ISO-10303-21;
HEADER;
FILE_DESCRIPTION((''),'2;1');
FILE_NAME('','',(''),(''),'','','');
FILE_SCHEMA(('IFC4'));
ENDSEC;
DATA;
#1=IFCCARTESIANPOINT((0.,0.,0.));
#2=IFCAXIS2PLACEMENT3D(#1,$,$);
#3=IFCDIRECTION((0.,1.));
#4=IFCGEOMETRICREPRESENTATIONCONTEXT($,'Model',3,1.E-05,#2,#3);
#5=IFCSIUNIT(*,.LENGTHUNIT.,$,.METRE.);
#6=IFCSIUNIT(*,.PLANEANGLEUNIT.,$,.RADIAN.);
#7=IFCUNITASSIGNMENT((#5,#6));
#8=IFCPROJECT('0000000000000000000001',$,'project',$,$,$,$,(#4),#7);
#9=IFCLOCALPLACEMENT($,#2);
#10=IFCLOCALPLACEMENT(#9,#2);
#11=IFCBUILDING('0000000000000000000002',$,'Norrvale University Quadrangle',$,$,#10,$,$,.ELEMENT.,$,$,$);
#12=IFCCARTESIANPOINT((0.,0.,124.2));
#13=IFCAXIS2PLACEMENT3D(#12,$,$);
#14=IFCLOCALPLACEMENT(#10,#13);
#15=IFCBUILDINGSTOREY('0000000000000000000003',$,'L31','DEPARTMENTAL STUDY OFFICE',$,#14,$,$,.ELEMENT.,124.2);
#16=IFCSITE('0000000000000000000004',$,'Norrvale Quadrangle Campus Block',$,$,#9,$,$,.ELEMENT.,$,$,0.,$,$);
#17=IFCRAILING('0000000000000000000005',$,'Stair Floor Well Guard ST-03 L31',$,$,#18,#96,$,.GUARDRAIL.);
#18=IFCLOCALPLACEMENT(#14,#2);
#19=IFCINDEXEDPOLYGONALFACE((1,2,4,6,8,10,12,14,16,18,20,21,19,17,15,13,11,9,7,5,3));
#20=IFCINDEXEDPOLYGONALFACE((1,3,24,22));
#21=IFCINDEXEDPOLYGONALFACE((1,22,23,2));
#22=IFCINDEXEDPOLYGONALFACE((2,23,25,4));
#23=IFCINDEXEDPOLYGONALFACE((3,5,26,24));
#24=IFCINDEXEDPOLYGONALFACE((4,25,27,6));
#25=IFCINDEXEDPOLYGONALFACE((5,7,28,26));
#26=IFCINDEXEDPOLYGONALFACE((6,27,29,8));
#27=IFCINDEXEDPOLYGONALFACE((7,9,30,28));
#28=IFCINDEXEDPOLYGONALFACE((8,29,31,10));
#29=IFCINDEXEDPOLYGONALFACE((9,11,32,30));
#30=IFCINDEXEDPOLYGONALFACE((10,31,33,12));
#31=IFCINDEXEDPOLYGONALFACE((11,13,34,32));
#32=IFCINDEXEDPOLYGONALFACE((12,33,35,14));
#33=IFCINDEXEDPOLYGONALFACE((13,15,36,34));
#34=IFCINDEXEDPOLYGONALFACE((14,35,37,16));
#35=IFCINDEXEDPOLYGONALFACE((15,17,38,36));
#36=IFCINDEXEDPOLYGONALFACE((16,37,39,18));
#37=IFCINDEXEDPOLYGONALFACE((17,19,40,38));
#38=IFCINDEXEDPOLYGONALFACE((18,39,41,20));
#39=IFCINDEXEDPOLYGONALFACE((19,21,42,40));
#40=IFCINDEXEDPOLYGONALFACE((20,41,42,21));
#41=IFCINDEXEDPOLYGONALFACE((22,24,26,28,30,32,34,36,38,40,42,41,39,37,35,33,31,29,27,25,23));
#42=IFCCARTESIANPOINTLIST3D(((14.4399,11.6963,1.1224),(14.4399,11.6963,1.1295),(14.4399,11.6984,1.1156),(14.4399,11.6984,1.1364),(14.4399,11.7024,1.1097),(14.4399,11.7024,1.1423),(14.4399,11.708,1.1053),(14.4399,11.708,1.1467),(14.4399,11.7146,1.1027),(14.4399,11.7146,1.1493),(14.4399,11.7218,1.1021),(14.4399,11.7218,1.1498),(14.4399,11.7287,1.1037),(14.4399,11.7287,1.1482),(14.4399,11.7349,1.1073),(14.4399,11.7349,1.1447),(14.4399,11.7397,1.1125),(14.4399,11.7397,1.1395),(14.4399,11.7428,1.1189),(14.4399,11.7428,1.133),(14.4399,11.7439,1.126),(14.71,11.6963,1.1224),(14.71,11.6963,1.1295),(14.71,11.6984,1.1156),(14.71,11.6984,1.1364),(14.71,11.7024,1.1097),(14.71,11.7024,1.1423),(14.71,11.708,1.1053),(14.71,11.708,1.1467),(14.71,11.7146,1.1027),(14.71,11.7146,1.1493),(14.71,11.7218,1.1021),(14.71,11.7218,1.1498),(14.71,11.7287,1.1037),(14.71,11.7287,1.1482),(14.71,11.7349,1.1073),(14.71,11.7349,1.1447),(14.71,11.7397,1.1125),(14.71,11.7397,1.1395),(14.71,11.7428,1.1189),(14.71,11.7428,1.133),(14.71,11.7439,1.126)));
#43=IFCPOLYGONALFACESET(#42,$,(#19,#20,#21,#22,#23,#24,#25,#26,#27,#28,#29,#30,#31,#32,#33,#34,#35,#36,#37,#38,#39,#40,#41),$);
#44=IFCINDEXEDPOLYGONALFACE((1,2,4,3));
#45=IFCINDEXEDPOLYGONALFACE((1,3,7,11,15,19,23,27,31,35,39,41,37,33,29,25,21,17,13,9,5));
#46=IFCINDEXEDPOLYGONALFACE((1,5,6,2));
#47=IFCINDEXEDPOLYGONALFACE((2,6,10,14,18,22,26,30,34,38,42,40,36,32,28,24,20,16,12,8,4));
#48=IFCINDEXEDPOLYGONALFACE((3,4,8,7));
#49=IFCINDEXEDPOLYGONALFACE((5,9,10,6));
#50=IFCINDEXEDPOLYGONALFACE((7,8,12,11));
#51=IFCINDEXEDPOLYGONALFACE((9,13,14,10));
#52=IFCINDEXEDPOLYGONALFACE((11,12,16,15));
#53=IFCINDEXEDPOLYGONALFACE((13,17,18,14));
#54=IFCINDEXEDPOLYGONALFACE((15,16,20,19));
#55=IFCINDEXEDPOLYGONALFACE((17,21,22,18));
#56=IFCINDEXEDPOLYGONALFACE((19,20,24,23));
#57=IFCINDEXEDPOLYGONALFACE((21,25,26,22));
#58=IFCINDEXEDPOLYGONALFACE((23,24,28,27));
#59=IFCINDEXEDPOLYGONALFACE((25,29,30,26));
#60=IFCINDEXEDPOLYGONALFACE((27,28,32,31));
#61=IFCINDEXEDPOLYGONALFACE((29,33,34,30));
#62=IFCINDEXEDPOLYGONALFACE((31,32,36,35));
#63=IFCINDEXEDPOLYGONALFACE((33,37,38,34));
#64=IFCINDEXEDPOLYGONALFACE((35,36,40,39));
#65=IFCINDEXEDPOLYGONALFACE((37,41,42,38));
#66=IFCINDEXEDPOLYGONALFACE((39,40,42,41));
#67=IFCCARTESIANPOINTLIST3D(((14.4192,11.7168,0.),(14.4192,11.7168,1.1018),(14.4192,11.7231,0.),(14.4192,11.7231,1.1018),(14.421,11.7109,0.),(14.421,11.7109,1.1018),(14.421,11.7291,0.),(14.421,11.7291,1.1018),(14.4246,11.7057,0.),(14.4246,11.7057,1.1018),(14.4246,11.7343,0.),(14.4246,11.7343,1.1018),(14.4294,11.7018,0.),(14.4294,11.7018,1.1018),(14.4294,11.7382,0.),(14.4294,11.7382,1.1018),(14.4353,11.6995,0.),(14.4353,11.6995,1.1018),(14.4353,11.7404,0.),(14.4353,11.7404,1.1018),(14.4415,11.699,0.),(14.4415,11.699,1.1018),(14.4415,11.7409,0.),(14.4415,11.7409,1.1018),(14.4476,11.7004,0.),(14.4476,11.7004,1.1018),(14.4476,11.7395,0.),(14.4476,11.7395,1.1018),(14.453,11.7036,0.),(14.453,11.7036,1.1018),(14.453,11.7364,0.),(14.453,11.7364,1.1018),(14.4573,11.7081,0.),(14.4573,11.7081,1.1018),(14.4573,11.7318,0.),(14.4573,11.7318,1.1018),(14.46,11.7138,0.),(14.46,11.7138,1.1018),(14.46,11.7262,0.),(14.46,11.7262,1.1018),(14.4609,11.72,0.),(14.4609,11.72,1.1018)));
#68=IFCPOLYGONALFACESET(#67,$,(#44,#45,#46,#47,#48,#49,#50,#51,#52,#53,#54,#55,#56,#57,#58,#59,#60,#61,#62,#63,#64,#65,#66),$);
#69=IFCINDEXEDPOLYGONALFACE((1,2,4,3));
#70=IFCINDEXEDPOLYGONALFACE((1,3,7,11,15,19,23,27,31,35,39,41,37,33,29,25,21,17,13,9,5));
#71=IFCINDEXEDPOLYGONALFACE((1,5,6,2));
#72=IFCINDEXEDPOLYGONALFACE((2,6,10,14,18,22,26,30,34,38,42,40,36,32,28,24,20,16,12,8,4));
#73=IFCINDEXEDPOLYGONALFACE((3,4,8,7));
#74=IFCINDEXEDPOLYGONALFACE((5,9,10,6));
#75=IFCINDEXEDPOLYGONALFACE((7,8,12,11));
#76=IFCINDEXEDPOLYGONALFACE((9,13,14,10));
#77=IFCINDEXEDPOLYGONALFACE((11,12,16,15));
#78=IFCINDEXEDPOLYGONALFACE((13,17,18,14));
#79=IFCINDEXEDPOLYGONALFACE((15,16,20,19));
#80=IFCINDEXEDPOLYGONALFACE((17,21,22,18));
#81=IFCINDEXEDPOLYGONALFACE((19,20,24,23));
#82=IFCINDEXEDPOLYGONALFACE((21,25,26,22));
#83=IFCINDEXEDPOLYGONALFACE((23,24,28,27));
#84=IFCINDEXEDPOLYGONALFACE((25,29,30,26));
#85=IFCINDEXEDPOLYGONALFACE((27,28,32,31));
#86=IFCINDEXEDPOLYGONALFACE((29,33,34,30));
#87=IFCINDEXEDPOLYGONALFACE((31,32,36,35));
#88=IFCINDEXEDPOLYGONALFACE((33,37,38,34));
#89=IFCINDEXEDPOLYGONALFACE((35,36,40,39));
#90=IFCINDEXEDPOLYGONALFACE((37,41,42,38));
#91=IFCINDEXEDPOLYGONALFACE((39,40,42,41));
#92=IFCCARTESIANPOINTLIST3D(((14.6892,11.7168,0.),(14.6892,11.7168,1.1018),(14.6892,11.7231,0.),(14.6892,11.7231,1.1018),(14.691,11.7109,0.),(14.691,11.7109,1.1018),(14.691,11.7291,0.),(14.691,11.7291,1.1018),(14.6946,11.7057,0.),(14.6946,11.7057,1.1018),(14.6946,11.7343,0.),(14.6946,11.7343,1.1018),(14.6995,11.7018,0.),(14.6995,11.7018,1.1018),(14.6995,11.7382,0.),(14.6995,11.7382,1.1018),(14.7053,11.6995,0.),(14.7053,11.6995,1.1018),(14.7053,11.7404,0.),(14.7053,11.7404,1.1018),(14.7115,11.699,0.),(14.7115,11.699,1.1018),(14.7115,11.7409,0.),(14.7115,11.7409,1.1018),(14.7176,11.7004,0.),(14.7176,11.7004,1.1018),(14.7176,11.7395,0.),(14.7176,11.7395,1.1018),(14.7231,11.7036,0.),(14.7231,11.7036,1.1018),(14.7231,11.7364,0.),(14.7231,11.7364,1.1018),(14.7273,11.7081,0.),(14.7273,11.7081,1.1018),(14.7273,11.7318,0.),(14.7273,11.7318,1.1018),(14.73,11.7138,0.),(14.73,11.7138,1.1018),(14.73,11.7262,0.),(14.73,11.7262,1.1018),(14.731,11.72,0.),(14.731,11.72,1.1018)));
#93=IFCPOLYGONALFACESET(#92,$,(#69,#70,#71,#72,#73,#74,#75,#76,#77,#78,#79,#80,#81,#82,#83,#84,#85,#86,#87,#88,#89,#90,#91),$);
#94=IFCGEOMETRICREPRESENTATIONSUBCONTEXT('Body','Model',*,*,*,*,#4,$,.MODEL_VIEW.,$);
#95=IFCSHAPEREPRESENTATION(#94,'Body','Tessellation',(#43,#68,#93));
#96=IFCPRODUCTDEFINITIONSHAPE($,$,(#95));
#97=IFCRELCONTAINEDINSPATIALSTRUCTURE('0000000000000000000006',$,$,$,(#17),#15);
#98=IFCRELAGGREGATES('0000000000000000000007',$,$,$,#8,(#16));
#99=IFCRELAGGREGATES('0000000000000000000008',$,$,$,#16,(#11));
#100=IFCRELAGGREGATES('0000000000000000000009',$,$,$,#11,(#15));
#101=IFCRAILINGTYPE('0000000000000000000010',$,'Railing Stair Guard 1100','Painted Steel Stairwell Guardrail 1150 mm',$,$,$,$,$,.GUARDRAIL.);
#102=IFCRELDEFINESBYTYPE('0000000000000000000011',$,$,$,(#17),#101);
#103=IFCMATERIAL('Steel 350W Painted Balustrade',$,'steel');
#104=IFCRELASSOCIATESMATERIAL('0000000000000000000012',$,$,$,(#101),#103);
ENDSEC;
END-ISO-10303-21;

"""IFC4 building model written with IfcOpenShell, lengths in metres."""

from ifc_helpers import new_model, si_unit, direction, frame, origin, origin_2d, place, context, subcontext, project, spatial, circle, extrude, material, type_object, element, save


model = new_model("IFC4")

# Units and contexts
model_context = context("Model", 3, precision=1e-05, world=origin(), true_north=direction((0.0, 1.0)))
body_context = subcontext(model_context, "Body", "Model", "MODEL_VIEW")
ifc_project = project(units=[si_unit("LENGTHUNIT", "METRE"), si_unit("PLANEANGLEUNIT", "RADIAN")], contexts=[model_context])

# Site, building, storey
site_placement = place(None, origin())
site = spatial("IfcSite", under=ifc_project, at=site_placement, Name="Norrvale Quadrangle Campus Block", CompositionType="ELEMENT", RefElevation=0.0)
building_placement = place(site_placement, origin())
building = spatial("IfcBuilding", under=site, at=building_placement, Name="Norrvale University Quadrangle", CompositionType="ELEMENT")
storey_placement = place(building_placement, frame((0.0, 0.0, 124.2)))
storey = spatial("IfcBuildingStorey", under=building, at=storey_placement, Name="L31", Description="DEPARTMENTAL STUDY OFFICE", CompositionType="ELEMENT", Elevation=124.2)

# Railing
ifc_material_1 = material(Name="Steel 350W Painted Balustrade", Category="steel")
railing_type_1 = type_object("IfcRailingType", Name="Railing Stair Guard 1100", Description="Painted Steel Stairwell Guardrail 1150 mm", PredefinedType="GUARDRAIL", material=ifc_material_1)
for number, where, name in (
    (1, (14.4399, 11.72, 0.0), "Stair Floor Well Guard ST-03 L31"),
):
    element("IfcRailing", number, at=place(storey_placement, frame(where)), inside=storey, type_object=railing_type_1, Name=name, PredefinedType="GUARDRAIL", context=body_context, shape_type="SweptSolid", body=[
        extrude(circle(Radius=0.0239, at=origin_2d()), frame((0.0, 0.0, 1.126), z_axis=(1.0, 0.0, 0.0), x_axis=(0.0, 1.0, 0.0)), (0.0, 0.0, 1.0), 0.27),
        extrude(circle(Radius=0.021, at=origin_2d()), origin(), (0.0, 0.0, 1.0), 1.1018),
        extrude(circle(Radius=0.021, at=origin_2d()), frame((0.27, 0.0, 0.0)), (0.0, 0.0, 1.0), 1.1018),
    ])

save(model, "model.ifc")
